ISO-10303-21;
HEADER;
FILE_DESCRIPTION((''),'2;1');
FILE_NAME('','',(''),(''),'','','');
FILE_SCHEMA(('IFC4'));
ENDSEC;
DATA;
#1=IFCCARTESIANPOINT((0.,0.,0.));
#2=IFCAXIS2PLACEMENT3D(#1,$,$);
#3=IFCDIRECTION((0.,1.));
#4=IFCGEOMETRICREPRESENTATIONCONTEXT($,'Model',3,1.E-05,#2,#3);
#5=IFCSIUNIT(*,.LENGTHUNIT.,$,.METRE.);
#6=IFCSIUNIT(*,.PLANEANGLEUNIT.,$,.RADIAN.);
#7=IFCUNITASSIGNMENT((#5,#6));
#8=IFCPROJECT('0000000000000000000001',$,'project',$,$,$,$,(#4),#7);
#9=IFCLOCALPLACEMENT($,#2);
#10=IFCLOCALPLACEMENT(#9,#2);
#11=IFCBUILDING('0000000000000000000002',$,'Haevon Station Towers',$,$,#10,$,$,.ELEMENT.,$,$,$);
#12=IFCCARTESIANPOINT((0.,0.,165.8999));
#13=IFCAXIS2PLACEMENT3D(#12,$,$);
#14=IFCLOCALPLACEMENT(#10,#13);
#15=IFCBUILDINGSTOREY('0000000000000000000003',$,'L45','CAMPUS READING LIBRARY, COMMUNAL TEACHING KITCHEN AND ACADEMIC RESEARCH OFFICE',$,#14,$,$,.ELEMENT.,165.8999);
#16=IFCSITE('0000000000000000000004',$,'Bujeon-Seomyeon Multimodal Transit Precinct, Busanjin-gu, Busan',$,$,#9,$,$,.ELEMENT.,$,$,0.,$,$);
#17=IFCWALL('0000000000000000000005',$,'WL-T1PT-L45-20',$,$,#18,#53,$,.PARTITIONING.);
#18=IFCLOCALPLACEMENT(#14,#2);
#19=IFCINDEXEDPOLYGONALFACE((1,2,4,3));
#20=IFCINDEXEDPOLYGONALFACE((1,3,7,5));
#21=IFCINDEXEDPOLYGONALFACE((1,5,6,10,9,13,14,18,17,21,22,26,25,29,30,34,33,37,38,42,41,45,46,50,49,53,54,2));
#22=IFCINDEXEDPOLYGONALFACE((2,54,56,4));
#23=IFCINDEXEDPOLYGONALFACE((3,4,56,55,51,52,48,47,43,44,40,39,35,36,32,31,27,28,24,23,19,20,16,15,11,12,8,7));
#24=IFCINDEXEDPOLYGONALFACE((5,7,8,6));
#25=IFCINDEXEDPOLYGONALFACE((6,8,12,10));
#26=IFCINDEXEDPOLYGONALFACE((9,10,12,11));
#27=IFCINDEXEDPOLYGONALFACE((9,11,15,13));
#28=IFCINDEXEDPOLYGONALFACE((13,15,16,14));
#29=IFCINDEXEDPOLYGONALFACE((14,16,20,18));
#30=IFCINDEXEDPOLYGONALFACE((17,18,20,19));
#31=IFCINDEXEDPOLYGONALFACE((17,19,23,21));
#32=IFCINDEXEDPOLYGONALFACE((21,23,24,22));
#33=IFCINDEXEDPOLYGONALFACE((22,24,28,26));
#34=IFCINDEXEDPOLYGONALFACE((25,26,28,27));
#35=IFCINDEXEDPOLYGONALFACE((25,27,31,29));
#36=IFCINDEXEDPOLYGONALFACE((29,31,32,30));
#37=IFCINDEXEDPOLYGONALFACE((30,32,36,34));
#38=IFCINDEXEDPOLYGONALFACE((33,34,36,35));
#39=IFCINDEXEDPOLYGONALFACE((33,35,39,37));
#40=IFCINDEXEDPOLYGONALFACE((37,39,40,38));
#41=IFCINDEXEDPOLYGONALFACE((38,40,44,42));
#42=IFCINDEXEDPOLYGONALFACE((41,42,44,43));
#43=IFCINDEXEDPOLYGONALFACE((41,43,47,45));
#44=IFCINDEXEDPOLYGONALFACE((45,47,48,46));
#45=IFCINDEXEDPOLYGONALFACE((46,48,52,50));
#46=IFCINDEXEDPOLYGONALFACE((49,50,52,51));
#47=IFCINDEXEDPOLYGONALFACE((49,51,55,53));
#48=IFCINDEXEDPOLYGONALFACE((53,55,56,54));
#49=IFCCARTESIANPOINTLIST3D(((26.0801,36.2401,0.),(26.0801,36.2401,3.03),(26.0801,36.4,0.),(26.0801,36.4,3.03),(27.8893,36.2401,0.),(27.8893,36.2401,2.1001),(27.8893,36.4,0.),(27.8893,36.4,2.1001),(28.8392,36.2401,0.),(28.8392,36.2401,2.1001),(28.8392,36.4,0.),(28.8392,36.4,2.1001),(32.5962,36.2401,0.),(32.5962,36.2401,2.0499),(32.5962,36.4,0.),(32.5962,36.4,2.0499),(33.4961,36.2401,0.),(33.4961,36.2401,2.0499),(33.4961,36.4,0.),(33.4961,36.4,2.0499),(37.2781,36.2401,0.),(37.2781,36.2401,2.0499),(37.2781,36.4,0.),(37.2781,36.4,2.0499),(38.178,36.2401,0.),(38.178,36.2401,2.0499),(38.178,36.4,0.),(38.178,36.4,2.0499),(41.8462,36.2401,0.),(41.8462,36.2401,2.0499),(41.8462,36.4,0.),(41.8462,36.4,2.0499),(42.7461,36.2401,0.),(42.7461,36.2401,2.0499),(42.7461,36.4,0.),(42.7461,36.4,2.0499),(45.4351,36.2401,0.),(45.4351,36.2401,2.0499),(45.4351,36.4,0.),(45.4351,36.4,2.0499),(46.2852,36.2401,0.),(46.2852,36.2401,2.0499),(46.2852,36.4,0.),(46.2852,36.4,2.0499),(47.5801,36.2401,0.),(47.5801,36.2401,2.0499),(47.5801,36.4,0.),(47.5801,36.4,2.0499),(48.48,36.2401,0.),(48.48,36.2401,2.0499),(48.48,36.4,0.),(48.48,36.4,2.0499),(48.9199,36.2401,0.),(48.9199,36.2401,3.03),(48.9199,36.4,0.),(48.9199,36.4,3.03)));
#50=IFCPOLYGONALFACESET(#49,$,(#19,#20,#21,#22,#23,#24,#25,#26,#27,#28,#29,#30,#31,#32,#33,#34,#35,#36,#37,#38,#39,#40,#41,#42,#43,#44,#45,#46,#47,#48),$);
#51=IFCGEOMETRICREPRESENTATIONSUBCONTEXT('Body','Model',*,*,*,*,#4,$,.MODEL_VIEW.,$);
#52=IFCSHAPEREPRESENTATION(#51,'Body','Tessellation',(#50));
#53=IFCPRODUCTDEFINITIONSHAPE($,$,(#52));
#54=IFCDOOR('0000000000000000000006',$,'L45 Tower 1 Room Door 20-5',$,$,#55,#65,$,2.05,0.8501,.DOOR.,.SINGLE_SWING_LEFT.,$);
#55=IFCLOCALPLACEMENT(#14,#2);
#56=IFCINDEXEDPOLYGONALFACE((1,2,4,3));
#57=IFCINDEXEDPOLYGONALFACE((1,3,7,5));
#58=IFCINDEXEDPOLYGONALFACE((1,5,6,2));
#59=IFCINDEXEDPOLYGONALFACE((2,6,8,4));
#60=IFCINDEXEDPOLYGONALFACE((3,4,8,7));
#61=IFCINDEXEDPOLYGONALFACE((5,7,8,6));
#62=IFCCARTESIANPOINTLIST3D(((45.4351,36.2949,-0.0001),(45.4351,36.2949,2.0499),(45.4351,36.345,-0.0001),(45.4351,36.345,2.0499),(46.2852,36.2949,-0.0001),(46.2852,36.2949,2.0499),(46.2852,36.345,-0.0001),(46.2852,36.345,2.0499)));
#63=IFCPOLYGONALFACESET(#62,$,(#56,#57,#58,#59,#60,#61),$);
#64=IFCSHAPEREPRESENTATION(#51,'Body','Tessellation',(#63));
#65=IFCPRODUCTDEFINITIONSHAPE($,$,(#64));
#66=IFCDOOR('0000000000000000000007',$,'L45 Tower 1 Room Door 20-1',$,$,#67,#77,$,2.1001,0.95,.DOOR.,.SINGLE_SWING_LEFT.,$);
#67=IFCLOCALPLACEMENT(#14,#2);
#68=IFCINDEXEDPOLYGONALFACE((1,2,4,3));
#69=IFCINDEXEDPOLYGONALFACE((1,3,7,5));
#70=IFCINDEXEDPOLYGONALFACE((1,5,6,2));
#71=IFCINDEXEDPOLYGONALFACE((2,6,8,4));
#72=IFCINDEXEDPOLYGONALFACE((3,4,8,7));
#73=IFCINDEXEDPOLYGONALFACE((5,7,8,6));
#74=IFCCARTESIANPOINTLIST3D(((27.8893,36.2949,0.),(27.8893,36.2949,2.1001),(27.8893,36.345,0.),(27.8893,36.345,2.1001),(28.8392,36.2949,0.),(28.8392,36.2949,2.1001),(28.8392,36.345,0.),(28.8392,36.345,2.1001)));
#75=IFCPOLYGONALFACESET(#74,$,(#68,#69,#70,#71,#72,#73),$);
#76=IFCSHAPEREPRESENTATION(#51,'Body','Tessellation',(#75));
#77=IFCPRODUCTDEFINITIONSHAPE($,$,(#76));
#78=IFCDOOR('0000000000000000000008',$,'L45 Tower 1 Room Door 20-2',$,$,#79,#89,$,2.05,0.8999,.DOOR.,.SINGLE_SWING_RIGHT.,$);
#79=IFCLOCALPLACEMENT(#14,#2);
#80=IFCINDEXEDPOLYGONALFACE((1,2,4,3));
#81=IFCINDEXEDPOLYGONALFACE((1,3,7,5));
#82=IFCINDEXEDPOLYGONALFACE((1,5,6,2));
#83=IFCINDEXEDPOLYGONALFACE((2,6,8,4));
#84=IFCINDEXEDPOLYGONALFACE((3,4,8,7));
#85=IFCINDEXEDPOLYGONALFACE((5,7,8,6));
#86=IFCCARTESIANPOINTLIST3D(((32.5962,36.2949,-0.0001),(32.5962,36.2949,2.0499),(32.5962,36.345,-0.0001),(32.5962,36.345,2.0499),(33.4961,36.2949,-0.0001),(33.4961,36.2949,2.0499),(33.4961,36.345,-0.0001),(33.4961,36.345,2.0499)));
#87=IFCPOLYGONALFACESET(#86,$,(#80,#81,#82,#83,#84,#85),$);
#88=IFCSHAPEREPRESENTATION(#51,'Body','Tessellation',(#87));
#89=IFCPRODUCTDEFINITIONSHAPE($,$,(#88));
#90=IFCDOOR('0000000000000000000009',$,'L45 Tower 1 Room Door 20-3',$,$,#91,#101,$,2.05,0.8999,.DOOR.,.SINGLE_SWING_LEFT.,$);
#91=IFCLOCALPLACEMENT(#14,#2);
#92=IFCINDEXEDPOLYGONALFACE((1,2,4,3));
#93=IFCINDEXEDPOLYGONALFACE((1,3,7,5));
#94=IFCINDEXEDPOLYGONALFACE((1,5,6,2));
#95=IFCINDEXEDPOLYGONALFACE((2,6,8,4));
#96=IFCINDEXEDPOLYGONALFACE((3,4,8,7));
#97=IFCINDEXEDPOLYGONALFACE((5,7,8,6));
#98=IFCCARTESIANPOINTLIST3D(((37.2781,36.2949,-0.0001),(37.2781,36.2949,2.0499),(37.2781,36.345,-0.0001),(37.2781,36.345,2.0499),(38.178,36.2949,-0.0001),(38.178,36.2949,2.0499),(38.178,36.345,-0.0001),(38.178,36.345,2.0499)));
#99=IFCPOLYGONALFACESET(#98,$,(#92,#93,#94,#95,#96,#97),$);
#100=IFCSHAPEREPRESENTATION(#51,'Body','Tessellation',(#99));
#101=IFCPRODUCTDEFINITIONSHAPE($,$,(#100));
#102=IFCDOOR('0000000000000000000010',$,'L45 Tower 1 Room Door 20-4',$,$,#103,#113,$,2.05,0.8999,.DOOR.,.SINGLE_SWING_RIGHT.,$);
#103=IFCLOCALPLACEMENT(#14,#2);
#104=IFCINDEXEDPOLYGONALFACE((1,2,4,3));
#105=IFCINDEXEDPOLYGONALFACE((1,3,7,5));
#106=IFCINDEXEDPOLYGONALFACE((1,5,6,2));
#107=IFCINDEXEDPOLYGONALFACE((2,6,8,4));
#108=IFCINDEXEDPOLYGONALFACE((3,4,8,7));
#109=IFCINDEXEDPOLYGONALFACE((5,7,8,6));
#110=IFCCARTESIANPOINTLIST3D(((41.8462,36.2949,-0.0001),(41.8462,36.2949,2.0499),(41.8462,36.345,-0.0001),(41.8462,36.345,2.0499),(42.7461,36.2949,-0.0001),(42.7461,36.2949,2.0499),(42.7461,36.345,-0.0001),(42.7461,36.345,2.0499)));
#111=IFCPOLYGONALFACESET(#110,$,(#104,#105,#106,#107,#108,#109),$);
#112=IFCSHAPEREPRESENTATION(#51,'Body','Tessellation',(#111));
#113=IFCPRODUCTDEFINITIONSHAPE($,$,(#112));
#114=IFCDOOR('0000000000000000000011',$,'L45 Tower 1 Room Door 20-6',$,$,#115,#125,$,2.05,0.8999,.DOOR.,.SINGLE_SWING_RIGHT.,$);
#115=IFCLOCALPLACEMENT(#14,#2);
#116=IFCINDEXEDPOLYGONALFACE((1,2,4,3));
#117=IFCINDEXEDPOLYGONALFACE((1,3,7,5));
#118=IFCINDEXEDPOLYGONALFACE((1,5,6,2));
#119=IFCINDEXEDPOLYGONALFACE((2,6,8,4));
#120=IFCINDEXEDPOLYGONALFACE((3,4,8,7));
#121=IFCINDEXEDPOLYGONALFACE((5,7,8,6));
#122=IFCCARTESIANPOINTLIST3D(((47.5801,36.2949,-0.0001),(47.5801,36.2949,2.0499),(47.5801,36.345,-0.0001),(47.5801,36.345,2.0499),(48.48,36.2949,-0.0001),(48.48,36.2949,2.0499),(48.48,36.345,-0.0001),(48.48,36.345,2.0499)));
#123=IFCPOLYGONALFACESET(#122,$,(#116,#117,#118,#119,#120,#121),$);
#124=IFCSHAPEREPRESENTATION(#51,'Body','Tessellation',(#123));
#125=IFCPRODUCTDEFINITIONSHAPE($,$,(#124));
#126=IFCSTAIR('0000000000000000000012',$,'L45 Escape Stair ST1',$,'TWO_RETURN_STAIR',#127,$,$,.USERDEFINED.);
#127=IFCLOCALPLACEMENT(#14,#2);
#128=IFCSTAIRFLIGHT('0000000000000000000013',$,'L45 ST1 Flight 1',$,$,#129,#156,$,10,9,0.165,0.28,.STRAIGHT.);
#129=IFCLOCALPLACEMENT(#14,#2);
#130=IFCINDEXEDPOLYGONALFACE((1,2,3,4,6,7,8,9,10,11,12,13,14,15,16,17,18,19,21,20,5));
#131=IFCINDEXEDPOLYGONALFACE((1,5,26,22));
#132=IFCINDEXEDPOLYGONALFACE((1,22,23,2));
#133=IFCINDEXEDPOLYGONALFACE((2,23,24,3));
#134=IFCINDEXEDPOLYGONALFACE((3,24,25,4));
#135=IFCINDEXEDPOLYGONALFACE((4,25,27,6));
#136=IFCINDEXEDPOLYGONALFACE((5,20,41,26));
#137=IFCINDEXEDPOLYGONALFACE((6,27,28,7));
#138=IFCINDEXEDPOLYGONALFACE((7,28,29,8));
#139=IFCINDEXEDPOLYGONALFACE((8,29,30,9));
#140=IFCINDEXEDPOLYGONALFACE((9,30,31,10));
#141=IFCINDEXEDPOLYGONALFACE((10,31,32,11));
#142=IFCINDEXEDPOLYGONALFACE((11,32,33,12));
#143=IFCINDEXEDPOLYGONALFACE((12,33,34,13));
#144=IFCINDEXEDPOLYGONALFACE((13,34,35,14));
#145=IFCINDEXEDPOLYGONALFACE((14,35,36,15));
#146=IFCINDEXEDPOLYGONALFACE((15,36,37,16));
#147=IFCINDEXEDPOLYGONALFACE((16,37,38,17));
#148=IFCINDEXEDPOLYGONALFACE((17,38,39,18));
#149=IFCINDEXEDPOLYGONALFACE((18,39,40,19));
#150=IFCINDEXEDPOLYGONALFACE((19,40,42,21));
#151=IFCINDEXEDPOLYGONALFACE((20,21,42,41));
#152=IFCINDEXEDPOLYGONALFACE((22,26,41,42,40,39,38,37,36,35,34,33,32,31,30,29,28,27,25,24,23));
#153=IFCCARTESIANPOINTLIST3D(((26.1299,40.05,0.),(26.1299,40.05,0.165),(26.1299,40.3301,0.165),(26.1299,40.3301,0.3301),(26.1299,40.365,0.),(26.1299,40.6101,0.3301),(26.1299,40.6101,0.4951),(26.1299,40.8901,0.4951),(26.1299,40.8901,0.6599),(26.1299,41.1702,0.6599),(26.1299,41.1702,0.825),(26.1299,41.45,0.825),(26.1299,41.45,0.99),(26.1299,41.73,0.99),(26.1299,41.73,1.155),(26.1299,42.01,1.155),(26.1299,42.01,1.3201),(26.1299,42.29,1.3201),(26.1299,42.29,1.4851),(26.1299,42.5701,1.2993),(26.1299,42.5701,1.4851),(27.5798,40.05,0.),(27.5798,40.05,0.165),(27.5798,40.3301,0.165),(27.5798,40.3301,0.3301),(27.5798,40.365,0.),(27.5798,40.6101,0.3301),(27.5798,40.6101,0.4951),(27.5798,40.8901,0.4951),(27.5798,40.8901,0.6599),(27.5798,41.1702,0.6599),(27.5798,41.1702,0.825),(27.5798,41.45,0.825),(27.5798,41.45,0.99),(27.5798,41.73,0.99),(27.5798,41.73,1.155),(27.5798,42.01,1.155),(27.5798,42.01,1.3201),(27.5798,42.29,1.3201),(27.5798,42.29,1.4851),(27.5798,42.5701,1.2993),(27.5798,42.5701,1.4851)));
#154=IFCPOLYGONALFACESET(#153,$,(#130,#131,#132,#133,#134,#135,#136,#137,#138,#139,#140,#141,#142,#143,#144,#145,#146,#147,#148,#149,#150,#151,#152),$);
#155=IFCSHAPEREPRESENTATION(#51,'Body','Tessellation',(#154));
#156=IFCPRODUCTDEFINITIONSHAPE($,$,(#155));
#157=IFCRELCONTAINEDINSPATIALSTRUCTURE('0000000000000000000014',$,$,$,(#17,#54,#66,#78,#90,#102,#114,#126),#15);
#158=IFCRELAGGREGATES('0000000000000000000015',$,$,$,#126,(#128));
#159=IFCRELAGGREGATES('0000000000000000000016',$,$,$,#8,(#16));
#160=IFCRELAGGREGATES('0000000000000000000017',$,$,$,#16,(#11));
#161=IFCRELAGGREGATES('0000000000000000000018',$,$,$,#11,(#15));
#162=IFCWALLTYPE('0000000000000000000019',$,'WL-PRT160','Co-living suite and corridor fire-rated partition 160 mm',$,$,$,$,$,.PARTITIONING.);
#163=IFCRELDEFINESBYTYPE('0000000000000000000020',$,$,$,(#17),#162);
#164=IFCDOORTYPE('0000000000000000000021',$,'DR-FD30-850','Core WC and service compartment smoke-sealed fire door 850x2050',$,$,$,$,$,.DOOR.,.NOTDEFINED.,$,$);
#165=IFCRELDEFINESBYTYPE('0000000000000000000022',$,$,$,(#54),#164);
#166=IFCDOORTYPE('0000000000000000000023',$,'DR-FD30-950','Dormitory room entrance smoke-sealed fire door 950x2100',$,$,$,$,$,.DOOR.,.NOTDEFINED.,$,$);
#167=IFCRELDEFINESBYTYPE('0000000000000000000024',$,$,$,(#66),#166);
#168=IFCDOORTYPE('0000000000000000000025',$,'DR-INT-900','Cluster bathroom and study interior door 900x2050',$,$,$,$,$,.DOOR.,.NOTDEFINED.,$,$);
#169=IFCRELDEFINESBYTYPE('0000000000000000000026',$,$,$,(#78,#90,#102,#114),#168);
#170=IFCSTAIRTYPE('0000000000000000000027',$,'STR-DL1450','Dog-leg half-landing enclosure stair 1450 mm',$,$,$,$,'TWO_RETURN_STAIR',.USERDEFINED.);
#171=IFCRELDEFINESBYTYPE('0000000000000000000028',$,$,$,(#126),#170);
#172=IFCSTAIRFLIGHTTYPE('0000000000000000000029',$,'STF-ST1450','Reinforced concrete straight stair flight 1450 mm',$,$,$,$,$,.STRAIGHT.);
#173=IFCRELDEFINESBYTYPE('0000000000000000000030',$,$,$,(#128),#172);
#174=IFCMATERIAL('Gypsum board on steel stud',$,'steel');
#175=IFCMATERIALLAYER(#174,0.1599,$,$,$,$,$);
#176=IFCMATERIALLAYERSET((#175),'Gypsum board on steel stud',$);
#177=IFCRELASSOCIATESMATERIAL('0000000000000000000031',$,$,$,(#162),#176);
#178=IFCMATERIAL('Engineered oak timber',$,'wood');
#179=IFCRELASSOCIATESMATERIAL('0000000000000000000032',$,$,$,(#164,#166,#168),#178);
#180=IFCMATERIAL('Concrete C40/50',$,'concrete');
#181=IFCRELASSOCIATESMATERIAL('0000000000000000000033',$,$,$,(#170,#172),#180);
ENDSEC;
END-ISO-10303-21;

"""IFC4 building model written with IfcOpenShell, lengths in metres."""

from ifc_helpers import new_model, si_unit, direction, frame, frame_2d, origin, place, context, subcontext, project, spatial, polyline, rectangle, outline, extrude, material, layer, layer_set, type_object, element, fill, aggregate, save


model = new_model("IFC4")

# Units and contexts
model_context = context("Model", 3, precision=1e-05, world=origin(), true_north=direction((0.0, 1.0)))
body_context = subcontext(model_context, "Body", "Model", "MODEL_VIEW")
ifc_project = project(units=[si_unit("LENGTHUNIT", "METRE"), si_unit("PLANEANGLEUNIT", "RADIAN")], contexts=[model_context])

# Site, building, storey
site_placement = place(None, origin())
site = spatial("IfcSite", under=ifc_project, at=site_placement, Name="Bujeon-Seomyeon Multimodal Transit Precinct, Busanjin-gu, Busan", CompositionType="ELEMENT", RefElevation=0.0)
building_placement = place(site_placement, origin())
building = spatial("IfcBuilding", under=site, at=building_placement, Name="Haevon Station Towers", CompositionType="ELEMENT")
storey_placement = place(building_placement, frame((0.0, 0.0, 165.8999)))
storey = spatial("IfcBuildingStorey", under=building, at=storey_placement, Name="L45", Description="CAMPUS READING LIBRARY, COMMUNAL TEACHING KITCHEN AND ACADEMIC RESEARCH OFFICE", CompositionType="ELEMENT", Elevation=165.8999)

# Shared definitions
ifc_material_1 = material(Name="Gypsum board on steel stud", Category="steel")
ifc_material_2 = material(Name="Engineered oak timber", Category="wood")

# Wall, openings, doors
ifc_layer_1 = layer(ifc_material_1, 0.1599)
ifc_layer_set_1 = layer_set([ifc_layer_1], Name="Gypsum board on steel stud")
wall_type_1 = type_object("IfcWallType", Name="WL-PRT160", Description="Co-living suite and corridor fire-rated partition 160 mm", PredefinedType="PARTITIONING", material=ifc_layer_set_1)
wall_1_placement = place(storey_placement, frame((26.0801, 36.3201, 0.0), z_axis=(0.0, 0.0, 1.0), x_axis=(1.0, 0.0, 0.0)))
wall_1 = element("IfcWall", 1, at=wall_1_placement, inside=storey, type_object=wall_type_1, Name="WL-T1PT-L45-20", PredefinedType="PARTITIONING", context=body_context, shape_type="SweptSolid", body=[
    extrude(rectangle(XDim=22.8398, YDim=0.1599, at=frame_2d((11.4199, 0.0))), origin(), (0.0, 0.0, 1.0), 3.03),
])
opening_1_placement = place(wall_1_placement, frame((1.8091, 0.0, 0.0)))
opening_1 = element("IfcOpeningElement", 2, at=opening_1_placement, cuts=wall_1, PredefinedType="OPENING", context=body_context, shape_type="SweptSolid", body=[
    extrude(rectangle(XDim=0.95, YDim=2.1001, at=frame_2d((0.4751, 1.05))), frame((0.0, 0.0898, 0.0), z_axis=(0.0, -1.0, 0.0), x_axis=(1.0, 0.0, 0.0)), (0.0, 0.0, 1.0), 0.1799),
])
opening_2_placement = place(wall_1_placement, frame((6.5161, 0.0, 0.0)))
opening_2 = element("IfcOpeningElement", 3, at=opening_2_placement, cuts=wall_1, PredefinedType="OPENING", context=body_context, shape_type="SweptSolid", body=[
    extrude(rectangle(XDim=0.8999, YDim=2.05, at=frame_2d((0.45, 1.0249))), frame((0.0, 0.0898, 0.0), z_axis=(0.0, -1.0, 0.0), x_axis=(1.0, 0.0, 0.0)), (0.0, 0.0, 1.0), 0.1799),
])
opening_3_placement = place(wall_1_placement, frame((11.198, 0.0, 0.0)))
opening_3 = element("IfcOpeningElement", 4, at=opening_3_placement, cuts=wall_1, PredefinedType="OPENING", context=body_context, shape_type="SweptSolid", body=[
    extrude(rectangle(XDim=0.8999, YDim=2.05, at=frame_2d((0.45, 1.0249))), frame((0.0, 0.0898, 0.0), z_axis=(0.0, -1.0, 0.0), x_axis=(1.0, 0.0, 0.0)), (0.0, 0.0, 1.0), 0.1799),
])
opening_4_placement = place(wall_1_placement, frame((15.7661, 0.0, 0.0)))
opening_4 = element("IfcOpeningElement", 5, at=opening_4_placement, cuts=wall_1, PredefinedType="OPENING", context=body_context, shape_type="SweptSolid", body=[
    extrude(rectangle(XDim=0.8999, YDim=2.05, at=frame_2d((0.45, 1.0249))), frame((0.0, 0.0898, 0.0), z_axis=(0.0, -1.0, 0.0), x_axis=(1.0, 0.0, 0.0)), (0.0, 0.0, 1.0), 0.1799),
])
opening_5_placement = place(wall_1_placement, frame((19.355, 0.0, 0.0)))
opening_5 = element("IfcOpeningElement", 6, at=opening_5_placement, cuts=wall_1, PredefinedType="OPENING", context=body_context, shape_type="SweptSolid", body=[
    extrude(rectangle(XDim=0.8501, YDim=2.05, at=frame_2d((0.425, 1.0249))), frame((0.0, 0.0898, 0.0), z_axis=(0.0, -1.0, 0.0), x_axis=(1.0, 0.0, 0.0)), (0.0, 0.0, 1.0), 0.1799),
])
opening_6_placement = place(wall_1_placement, frame((21.5, 0.0, 0.0)))
opening_6 = element("IfcOpeningElement", 7, at=opening_6_placement, cuts=wall_1, PredefinedType="OPENING", context=body_context, shape_type="SweptSolid", body=[
    extrude(rectangle(XDim=0.8999, YDim=2.05, at=frame_2d((0.45, 1.0249))), frame((0.0, 0.0898, 0.0), z_axis=(0.0, -1.0, 0.0), x_axis=(1.0, 0.0, 0.0)), (0.0, 0.0, 1.0), 0.1799),
])
door_type_1 = type_object("IfcDoorType", Name="DR-FD30-850", Description="Core WC and service compartment smoke-sealed fire door 850x2050", OperationType="NOTDEFINED", PredefinedType="DOOR", material=ifc_material_2)
door_1_placement = place(opening_5_placement, origin())
door_1 = element("IfcDoor", 8, at=door_1_placement, inside=storey, type_object=door_type_1, Name="L45 Tower 1 Room Door 20-5", OperationType="SINGLE_SWING_LEFT", OverallHeight=2.05, OverallWidth=0.8501, PredefinedType="DOOR", context=body_context, shape_type="SweptSolid", body=[
    extrude(rectangle(XDim=0.8501, YDim=2.05, at=frame_2d((0.425, 1.0249))), frame((0.0, 0.0249, 0.0), z_axis=(0.0, -1.0, 0.0), x_axis=(1.0, 0.0, 0.0)), (0.0, 0.0, 1.0), 0.05),
])
fill(opening_5, door_1)
door_type_2 = type_object("IfcDoorType", Name="DR-FD30-950", Description="Dormitory room entrance smoke-sealed fire door 950x2100", OperationType="NOTDEFINED", PredefinedType="DOOR", material=ifc_material_2)
door_2_placement = place(opening_1_placement, origin())
door_2 = element("IfcDoor", 9, at=door_2_placement, inside=storey, type_object=door_type_2, Name="L45 Tower 1 Room Door 20-1", OperationType="SINGLE_SWING_LEFT", OverallHeight=2.1001, OverallWidth=0.95, PredefinedType="DOOR", context=body_context, shape_type="SweptSolid", body=[
    extrude(rectangle(XDim=0.95, YDim=2.1001, at=frame_2d((0.4751, 1.05))), frame((0.0, 0.0249, 0.0), z_axis=(0.0, -1.0, 0.0), x_axis=(1.0, 0.0, 0.0)), (0.0, 0.0, 1.0), 0.05),
])
fill(opening_1, door_2)
door_type_3 = type_object("IfcDoorType", Name="DR-INT-900", Description="Cluster bathroom and study interior door 900x2050", OperationType="NOTDEFINED", PredefinedType="DOOR", material=ifc_material_2)
door_3_placement = place(opening_2_placement, origin())
door_3 = element("IfcDoor", 10, at=door_3_placement, inside=storey, type_object=door_type_3, Name="L45 Tower 1 Room Door 20-2", OperationType="SINGLE_SWING_RIGHT", OverallHeight=2.05, OverallWidth=0.8999, PredefinedType="DOOR", context=body_context, shape_type="SweptSolid", body=[
    extrude(rectangle(XDim=0.8999, YDim=2.05, at=frame_2d((0.45, 1.0249))), frame((0.0, 0.0249, 0.0), z_axis=(0.0, -1.0, 0.0), x_axis=(1.0, 0.0, 0.0)), (0.0, 0.0, 1.0), 0.05),
])
fill(opening_2, door_3)
door_4_placement = place(opening_3_placement, origin())
door_4 = element("IfcDoor", 11, at=door_4_placement, inside=storey, type_object=door_type_3, Name="L45 Tower 1 Room Door 20-3", OperationType="SINGLE_SWING_LEFT", OverallHeight=2.05, OverallWidth=0.8999, PredefinedType="DOOR", context=body_context, shape_type="SweptSolid", body=[
    extrude(rectangle(XDim=0.8999, YDim=2.05, at=frame_2d((0.45, 1.0249))), frame((0.0, 0.0249, 0.0), z_axis=(0.0, -1.0, 0.0), x_axis=(1.0, 0.0, 0.0)), (0.0, 0.0, 1.0), 0.05),
])
fill(opening_3, door_4)
door_5_placement = place(opening_4_placement, origin())
door_5 = element("IfcDoor", 12, at=door_5_placement, inside=storey, type_object=door_type_3, Name="L45 Tower 1 Room Door 20-4", OperationType="SINGLE_SWING_RIGHT", OverallHeight=2.05, OverallWidth=0.8999, PredefinedType="DOOR", context=body_context, shape_type="SweptSolid", body=[
    extrude(rectangle(XDim=0.8999, YDim=2.05, at=frame_2d((0.45, 1.0249))), frame((0.0, 0.0249, 0.0), z_axis=(0.0, -1.0, 0.0), x_axis=(1.0, 0.0, 0.0)), (0.0, 0.0, 1.0), 0.05),
])
fill(opening_4, door_5)
door_6_placement = place(opening_6_placement, origin())
door_6 = element("IfcDoor", 13, at=door_6_placement, inside=storey, type_object=door_type_3, Name="L45 Tower 1 Room Door 20-6", OperationType="SINGLE_SWING_RIGHT", OverallHeight=2.05, OverallWidth=0.8999, PredefinedType="DOOR", context=body_context, shape_type="SweptSolid", body=[
    extrude(rectangle(XDim=0.8999, YDim=2.05, at=frame_2d((0.45, 1.0249))), frame((0.0, 0.0249, 0.0), z_axis=(0.0, -1.0, 0.0), x_axis=(1.0, 0.0, 0.0)), (0.0, 0.0, 1.0), 0.05),
])
fill(opening_6, door_6)

# Stair, stair flight
ifc_material_3 = material(Name="Concrete C40/50", Category="concrete")
stair_type = type_object("IfcStairType", Name="STR-DL1450", Description="Dog-leg half-landing enclosure stair 1450 mm", ElementType="TWO_RETURN_STAIR", PredefinedType="USERDEFINED", material=ifc_material_3)
stair_placement = place(storey_placement, origin())
stair = element("IfcStair", 14, at=stair_placement, inside=storey, type_object=stair_type, Name="L45 Escape Stair ST1", ObjectType="TWO_RETURN_STAIR", PredefinedType="USERDEFINED")
stair_flight_type = type_object("IfcStairFlightType", Name="STF-ST1450", Description="Reinforced concrete straight stair flight 1450 mm", PredefinedType="STRAIGHT", material=ifc_material_3)
stair_flight_1_placement = place(storey_placement, frame((26.855, 40.05, 0.0), z_axis=(0.0, 0.0, 1.0), x_axis=(0.0, 1.0, 0.0)))
stair_flight_1 = element("IfcStairFlight", 15, at=stair_flight_1_placement, type_object=stair_flight_type, Name="L45 ST1 Flight 1", NumberOfRisers=10, NumberOfTreads=9, PredefinedType="STRAIGHT", RiserHeight=0.165, TreadLength=0.28, context=body_context, shape_type="SweptSolid", body=[
    extrude(outline(polyline([(0.0, 0.0), (0.0, 0.165), (0.28, 0.165), (0.28, 0.3301), (0.5601, 0.3301), (0.5601, 0.4951), (0.8401, 0.4951), (0.8401, 0.6599), (1.1201, 0.6599), (1.1201, 0.825), (1.3999, 0.825), (1.3999, 0.99), (1.6799, 0.99), (1.6799, 1.155), (1.96, 1.155), (1.96, 1.3201), (2.24, 1.3201), (2.24, 1.4851), (2.52, 1.4851), (2.52, 1.6499), (2.52, 1.2993), (0.3149, 0.0), (0.0, 0.0)])), frame((0.0, 0.7251, 0.0), z_axis=(0.0, -1.0, 0.0), x_axis=(1.0, 0.0, 0.0)), (0.0, 0.0, 1.0), 1.45),
])
aggregate(stair, [stair_flight_1])

save(model, "model.ifc")
